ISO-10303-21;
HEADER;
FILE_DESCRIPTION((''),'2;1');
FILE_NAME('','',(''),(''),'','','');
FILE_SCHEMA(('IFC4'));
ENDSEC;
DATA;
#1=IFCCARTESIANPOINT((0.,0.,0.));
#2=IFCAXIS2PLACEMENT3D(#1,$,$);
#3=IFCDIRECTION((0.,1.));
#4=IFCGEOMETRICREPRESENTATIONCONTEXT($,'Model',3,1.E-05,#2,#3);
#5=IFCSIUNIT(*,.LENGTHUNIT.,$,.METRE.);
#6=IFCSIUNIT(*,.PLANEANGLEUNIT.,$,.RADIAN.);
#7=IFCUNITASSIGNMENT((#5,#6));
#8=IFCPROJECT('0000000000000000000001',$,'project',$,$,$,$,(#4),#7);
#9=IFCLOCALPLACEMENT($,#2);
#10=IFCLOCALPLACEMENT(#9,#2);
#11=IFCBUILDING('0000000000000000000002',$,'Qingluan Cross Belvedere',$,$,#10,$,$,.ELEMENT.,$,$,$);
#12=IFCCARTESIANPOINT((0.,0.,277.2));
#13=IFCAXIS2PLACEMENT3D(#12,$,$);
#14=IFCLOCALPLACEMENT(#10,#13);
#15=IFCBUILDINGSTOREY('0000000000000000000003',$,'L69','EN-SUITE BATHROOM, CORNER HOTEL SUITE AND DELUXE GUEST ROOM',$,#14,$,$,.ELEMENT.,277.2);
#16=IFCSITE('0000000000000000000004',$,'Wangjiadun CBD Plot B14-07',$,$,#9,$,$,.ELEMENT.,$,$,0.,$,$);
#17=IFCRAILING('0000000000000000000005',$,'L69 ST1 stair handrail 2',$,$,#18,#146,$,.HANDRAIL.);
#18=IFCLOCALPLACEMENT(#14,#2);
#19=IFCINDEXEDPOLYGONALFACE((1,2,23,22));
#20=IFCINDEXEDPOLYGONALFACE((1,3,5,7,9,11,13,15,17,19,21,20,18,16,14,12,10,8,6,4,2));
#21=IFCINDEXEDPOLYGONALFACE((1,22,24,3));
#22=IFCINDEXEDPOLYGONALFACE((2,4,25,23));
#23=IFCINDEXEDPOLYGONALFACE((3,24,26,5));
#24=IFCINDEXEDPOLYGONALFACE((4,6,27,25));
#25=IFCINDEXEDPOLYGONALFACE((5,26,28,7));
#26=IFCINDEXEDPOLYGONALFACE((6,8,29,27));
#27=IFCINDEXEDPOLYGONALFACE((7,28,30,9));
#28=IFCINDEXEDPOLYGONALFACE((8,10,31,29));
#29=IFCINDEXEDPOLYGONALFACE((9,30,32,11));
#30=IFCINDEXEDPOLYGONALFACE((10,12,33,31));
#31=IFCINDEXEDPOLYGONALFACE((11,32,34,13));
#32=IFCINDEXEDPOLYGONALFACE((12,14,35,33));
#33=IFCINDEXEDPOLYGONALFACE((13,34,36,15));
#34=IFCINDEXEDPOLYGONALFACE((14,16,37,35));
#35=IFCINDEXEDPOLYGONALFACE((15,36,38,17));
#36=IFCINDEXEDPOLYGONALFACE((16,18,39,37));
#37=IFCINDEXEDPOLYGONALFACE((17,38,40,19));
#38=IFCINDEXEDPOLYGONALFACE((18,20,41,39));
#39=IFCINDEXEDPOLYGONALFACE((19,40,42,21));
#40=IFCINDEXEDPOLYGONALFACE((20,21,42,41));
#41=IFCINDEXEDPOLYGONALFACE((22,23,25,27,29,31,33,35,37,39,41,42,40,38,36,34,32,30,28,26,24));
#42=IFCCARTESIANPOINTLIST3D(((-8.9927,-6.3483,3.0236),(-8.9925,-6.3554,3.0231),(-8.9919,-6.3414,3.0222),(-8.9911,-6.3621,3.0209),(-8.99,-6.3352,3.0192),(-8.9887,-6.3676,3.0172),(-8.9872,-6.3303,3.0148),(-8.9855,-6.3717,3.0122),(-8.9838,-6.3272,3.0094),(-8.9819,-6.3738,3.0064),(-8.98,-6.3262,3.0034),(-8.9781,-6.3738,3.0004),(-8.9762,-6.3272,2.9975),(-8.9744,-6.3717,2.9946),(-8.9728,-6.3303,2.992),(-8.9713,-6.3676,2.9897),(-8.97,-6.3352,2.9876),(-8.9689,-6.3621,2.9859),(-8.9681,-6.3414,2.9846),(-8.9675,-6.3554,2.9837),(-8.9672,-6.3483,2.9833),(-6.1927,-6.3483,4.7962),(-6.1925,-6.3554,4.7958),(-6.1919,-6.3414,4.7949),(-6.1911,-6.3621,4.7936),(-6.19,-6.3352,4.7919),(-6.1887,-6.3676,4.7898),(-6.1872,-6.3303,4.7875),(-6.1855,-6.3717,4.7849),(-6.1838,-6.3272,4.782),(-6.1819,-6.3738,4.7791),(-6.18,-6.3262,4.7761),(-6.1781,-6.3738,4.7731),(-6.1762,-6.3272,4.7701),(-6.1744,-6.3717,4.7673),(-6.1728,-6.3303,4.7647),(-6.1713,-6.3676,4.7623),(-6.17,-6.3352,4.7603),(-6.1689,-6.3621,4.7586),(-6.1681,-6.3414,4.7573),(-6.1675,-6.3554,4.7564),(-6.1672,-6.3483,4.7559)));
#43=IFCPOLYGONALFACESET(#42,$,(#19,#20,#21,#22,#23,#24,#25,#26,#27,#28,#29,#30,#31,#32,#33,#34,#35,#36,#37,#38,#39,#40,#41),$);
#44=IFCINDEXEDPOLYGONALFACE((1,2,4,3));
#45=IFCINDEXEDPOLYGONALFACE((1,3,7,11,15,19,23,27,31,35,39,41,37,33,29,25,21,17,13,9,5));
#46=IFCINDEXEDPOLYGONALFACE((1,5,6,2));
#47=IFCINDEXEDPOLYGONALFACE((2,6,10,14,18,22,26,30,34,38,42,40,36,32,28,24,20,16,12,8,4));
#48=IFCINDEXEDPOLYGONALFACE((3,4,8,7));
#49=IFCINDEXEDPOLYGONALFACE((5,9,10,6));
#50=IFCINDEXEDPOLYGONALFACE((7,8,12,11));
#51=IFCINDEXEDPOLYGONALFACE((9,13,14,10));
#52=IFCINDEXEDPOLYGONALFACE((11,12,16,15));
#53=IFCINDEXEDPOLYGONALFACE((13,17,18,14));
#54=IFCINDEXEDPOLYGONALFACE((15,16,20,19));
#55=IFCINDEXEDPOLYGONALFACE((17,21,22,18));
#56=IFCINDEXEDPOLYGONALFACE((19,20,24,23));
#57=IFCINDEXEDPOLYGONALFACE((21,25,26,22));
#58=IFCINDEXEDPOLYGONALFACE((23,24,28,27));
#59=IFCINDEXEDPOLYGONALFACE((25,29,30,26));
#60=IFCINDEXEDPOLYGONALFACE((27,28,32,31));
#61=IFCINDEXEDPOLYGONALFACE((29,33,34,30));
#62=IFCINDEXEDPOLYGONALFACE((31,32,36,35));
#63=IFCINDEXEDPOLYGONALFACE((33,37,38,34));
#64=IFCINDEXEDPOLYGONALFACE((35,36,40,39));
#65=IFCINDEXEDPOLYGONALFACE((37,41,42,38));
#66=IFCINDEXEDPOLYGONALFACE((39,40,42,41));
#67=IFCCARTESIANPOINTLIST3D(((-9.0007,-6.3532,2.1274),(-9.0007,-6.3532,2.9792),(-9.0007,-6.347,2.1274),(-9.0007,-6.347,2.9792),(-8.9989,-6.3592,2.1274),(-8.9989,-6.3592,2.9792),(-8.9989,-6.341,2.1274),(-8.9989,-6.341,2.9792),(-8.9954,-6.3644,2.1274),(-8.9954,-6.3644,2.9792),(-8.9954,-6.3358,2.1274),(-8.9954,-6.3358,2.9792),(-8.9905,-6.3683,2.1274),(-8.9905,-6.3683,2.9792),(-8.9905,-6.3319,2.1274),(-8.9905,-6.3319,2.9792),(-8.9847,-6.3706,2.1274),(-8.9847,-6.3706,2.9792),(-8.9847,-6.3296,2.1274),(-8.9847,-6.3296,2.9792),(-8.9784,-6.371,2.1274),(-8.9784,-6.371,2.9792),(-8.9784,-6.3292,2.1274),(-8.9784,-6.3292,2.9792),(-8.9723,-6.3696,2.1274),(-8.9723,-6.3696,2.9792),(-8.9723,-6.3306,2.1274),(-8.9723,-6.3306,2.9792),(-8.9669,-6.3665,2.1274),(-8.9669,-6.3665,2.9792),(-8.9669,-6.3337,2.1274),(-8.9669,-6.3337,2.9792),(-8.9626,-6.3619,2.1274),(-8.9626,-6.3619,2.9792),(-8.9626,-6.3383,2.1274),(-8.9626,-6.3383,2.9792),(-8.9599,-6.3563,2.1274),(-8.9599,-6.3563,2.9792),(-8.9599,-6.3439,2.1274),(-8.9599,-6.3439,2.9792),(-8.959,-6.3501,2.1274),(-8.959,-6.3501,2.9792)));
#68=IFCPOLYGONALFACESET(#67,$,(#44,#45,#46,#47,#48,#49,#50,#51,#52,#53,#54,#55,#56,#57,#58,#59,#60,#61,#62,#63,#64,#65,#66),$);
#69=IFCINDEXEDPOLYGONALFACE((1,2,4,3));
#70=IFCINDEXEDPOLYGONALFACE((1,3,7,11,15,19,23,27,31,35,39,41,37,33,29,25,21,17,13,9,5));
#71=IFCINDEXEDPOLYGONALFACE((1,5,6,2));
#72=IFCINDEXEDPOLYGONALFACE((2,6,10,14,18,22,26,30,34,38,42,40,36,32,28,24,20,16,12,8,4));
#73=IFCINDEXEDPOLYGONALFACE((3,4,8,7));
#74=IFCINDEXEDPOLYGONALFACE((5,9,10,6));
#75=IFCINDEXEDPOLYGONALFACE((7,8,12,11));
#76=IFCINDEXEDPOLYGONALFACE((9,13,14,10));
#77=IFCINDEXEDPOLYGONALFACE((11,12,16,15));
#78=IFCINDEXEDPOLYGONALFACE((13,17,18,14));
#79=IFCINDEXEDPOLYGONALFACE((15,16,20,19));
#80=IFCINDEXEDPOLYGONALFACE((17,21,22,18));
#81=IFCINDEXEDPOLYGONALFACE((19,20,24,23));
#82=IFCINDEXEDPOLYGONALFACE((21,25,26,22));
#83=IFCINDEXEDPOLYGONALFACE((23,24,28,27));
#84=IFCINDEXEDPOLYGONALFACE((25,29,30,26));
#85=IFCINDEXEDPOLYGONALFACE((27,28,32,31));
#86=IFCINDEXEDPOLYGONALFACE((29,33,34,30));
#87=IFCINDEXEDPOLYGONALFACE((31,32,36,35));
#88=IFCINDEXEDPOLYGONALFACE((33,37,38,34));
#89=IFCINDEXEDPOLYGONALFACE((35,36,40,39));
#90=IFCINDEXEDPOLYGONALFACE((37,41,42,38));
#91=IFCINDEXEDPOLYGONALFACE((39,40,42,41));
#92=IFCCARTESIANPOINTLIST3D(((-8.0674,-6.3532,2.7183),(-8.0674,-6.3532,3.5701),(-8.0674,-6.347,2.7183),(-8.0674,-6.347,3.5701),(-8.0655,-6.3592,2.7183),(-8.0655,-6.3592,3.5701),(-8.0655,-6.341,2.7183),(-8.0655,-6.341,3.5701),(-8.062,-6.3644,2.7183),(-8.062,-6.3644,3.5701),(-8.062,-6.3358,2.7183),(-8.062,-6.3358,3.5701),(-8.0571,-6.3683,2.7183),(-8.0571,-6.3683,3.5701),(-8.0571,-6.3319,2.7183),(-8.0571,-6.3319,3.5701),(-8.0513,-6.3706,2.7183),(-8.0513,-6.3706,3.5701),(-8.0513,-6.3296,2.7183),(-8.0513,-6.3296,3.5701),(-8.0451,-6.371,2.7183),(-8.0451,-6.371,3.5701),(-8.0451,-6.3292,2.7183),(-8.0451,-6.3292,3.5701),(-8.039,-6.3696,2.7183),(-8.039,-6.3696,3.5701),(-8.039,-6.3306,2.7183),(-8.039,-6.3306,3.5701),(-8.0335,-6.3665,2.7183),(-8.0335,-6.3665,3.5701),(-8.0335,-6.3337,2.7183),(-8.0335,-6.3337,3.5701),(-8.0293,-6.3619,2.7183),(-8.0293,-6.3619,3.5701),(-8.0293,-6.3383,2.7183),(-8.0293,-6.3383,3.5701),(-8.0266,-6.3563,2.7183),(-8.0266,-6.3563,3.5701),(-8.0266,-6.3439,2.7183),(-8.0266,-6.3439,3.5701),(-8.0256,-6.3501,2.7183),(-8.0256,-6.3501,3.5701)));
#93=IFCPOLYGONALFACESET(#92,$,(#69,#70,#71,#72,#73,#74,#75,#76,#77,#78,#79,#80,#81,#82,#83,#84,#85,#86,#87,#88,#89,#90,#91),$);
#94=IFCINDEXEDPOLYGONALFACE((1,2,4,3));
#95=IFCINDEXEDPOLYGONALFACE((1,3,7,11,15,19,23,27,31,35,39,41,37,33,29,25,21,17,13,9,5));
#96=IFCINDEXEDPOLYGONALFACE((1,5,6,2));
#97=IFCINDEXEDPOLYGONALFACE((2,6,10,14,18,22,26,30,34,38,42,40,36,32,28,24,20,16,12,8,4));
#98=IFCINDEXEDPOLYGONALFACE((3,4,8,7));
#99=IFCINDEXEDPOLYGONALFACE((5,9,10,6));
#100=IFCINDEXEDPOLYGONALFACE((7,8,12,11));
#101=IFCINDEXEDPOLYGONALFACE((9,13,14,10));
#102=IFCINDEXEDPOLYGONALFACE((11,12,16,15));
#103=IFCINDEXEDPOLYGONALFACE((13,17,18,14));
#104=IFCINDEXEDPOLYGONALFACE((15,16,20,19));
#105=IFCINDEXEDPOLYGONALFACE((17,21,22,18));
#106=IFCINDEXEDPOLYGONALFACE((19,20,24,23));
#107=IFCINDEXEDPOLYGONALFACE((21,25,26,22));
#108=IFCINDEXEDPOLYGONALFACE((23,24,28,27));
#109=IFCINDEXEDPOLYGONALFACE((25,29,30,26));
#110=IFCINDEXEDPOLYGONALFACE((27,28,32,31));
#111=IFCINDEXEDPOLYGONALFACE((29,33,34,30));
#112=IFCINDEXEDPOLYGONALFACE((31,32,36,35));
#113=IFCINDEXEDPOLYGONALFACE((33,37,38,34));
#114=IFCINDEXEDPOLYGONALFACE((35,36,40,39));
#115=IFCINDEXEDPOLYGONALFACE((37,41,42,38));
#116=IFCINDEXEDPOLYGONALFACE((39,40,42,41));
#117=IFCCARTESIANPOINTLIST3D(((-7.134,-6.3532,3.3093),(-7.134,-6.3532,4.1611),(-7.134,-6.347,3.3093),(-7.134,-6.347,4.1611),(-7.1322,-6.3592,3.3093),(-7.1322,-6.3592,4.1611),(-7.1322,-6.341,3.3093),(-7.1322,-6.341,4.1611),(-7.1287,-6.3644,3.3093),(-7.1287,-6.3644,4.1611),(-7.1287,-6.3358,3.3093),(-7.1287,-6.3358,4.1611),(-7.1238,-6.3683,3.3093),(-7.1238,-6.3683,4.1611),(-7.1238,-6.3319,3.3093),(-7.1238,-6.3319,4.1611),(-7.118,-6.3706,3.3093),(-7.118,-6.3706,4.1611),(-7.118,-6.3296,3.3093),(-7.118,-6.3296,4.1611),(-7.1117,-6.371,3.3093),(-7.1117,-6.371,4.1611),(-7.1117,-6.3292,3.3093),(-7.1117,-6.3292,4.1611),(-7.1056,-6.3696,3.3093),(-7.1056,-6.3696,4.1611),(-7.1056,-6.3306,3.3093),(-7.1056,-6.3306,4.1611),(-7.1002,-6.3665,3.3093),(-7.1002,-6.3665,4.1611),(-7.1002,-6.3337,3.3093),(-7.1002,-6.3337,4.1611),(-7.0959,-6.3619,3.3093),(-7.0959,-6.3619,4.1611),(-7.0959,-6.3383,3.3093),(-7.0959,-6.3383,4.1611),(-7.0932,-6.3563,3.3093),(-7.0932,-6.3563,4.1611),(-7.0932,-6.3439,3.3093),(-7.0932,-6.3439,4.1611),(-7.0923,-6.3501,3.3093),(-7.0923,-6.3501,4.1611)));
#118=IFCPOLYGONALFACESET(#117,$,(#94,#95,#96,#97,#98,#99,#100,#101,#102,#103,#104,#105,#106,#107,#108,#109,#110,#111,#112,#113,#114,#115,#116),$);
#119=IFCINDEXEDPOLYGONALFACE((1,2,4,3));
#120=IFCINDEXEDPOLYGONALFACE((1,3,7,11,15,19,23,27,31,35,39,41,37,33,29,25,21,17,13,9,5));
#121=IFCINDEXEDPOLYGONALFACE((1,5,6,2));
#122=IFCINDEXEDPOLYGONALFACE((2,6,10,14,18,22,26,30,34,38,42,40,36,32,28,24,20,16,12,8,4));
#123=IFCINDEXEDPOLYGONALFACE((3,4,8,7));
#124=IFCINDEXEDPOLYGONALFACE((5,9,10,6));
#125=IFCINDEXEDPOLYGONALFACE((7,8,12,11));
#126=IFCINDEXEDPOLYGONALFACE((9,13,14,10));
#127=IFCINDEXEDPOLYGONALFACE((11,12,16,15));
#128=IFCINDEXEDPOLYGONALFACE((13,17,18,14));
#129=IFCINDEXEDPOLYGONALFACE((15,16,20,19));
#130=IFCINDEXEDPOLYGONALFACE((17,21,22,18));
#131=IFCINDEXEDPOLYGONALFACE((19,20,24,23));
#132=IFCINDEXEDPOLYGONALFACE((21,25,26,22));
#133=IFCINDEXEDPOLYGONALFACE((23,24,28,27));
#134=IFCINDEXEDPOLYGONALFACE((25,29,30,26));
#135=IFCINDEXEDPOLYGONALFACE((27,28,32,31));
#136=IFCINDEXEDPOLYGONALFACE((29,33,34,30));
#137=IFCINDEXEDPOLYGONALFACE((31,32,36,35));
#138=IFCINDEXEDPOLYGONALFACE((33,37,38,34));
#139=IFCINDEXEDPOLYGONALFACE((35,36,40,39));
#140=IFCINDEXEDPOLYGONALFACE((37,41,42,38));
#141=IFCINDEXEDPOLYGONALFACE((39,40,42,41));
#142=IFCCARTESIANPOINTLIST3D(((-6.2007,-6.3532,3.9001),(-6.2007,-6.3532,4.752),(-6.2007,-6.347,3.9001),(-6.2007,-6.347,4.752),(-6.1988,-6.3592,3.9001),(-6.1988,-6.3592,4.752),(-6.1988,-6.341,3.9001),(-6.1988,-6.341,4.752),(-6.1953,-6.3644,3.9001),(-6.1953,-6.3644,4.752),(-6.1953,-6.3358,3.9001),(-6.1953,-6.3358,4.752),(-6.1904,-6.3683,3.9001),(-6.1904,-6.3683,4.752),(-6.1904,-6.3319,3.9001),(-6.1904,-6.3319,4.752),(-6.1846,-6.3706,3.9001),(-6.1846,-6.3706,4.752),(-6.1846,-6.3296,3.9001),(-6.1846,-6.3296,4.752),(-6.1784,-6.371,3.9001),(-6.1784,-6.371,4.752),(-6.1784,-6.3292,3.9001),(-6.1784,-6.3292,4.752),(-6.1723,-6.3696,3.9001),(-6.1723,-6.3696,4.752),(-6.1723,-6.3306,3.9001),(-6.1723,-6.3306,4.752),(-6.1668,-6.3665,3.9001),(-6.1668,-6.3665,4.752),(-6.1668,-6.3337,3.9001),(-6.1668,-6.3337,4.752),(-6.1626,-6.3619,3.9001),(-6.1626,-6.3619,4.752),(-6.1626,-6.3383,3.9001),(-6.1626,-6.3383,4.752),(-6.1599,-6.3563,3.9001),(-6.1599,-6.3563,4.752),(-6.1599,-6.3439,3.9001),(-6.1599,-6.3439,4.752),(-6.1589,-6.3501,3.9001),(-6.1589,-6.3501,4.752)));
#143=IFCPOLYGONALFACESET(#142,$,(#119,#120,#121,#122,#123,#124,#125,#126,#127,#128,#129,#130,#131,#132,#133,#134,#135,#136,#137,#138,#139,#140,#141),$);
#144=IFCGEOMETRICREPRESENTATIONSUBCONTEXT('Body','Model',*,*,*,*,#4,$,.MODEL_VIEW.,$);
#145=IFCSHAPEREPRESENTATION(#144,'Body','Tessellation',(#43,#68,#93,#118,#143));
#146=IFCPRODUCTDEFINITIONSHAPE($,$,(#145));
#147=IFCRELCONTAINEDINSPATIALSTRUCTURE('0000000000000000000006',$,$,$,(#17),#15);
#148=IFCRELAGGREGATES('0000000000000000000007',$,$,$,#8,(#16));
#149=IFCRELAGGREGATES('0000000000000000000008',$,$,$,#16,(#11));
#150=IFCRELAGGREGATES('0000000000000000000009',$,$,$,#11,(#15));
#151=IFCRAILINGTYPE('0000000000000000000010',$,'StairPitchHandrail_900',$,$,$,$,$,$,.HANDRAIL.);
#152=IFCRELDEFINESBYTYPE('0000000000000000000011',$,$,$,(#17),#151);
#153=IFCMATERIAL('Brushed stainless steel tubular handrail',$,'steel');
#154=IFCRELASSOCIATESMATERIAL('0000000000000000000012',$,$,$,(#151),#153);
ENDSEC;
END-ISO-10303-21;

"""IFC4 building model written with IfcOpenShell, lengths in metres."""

from ifc_helpers import new_model, si_unit, direction, frame, origin, origin_2d, place, context, subcontext, project, spatial, circle, extrude, material, type_object, element, save


model = new_model("IFC4")

# Units and contexts
model_context = context("Model", 3, precision=1e-05, world=origin(), true_north=direction((0.0, 1.0)))
body_context = subcontext(model_context, "Body", "Model", "MODEL_VIEW")
ifc_project = project(units=[si_unit("LENGTHUNIT", "METRE"), si_unit("PLANEANGLEUNIT", "RADIAN")], contexts=[model_context])

# Site, building, storey
site_placement = place(None, origin())
site = spatial("IfcSite", under=ifc_project, at=site_placement, Name="Wangjiadun CBD Plot B14-07", CompositionType="ELEMENT", RefElevation=0.0)
building_placement = place(site_placement, origin())
building = spatial("IfcBuilding", under=site, at=building_placement, Name="Qingluan Cross Belvedere", CompositionType="ELEMENT")
storey_placement = place(building_placement, frame((0.0, 0.0, 277.2)))
storey = spatial("IfcBuildingStorey", under=building, at=storey_placement, Name="L69", Description="EN-SUITE BATHROOM, CORNER HOTEL SUITE AND DELUXE GUEST ROOM", CompositionType="ELEMENT", Elevation=277.2)

# Railing
ifc_material_1 = material(Name="Brushed stainless steel tubular handrail", Category="steel")
railing_type_1 = type_object("IfcRailingType", Name="StairPitchHandrail_900", PredefinedType="HANDRAIL", material=ifc_material_1)
railing_1_placement = place(storey_placement, frame((-8.98, -6.3501, 2.1274)))
element("IfcRailing", 1, at=railing_1_placement, inside=storey, type_object=railing_type_1, Name="L69 ST1 stair handrail 2", PredefinedType="HANDRAIL", context=body_context, shape_type="SweptSolid", body=[
    extrude(circle(Radius=0.0239, at=origin_2d()), frame((0.0, 0.0, 0.876), z_axis=(0.844909, 0.0, 0.53491), x_axis=(0.0, 1.0, 0.0)), (0.0, 0.0, 1.0), 3.314),
    extrude(circle(Radius=0.021, at=origin_2d()), origin(), (0.0, 0.0, 1.0), 0.8518),
    extrude(circle(Radius=0.021, at=origin_2d()), frame((0.9333, 0.0, 0.5908)), (0.0, 0.0, 1.0), 0.8518),
    extrude(circle(Radius=0.021, at=origin_2d()), frame((1.8667, 0.0, 1.1819)), (0.0, 0.0, 1.0), 0.8518),
    extrude(circle(Radius=0.021, at=origin_2d()), frame((2.8, 0.0, 1.7727)), (0.0, 0.0, 1.0), 0.8518),
])

save(model, "model.ifc")
